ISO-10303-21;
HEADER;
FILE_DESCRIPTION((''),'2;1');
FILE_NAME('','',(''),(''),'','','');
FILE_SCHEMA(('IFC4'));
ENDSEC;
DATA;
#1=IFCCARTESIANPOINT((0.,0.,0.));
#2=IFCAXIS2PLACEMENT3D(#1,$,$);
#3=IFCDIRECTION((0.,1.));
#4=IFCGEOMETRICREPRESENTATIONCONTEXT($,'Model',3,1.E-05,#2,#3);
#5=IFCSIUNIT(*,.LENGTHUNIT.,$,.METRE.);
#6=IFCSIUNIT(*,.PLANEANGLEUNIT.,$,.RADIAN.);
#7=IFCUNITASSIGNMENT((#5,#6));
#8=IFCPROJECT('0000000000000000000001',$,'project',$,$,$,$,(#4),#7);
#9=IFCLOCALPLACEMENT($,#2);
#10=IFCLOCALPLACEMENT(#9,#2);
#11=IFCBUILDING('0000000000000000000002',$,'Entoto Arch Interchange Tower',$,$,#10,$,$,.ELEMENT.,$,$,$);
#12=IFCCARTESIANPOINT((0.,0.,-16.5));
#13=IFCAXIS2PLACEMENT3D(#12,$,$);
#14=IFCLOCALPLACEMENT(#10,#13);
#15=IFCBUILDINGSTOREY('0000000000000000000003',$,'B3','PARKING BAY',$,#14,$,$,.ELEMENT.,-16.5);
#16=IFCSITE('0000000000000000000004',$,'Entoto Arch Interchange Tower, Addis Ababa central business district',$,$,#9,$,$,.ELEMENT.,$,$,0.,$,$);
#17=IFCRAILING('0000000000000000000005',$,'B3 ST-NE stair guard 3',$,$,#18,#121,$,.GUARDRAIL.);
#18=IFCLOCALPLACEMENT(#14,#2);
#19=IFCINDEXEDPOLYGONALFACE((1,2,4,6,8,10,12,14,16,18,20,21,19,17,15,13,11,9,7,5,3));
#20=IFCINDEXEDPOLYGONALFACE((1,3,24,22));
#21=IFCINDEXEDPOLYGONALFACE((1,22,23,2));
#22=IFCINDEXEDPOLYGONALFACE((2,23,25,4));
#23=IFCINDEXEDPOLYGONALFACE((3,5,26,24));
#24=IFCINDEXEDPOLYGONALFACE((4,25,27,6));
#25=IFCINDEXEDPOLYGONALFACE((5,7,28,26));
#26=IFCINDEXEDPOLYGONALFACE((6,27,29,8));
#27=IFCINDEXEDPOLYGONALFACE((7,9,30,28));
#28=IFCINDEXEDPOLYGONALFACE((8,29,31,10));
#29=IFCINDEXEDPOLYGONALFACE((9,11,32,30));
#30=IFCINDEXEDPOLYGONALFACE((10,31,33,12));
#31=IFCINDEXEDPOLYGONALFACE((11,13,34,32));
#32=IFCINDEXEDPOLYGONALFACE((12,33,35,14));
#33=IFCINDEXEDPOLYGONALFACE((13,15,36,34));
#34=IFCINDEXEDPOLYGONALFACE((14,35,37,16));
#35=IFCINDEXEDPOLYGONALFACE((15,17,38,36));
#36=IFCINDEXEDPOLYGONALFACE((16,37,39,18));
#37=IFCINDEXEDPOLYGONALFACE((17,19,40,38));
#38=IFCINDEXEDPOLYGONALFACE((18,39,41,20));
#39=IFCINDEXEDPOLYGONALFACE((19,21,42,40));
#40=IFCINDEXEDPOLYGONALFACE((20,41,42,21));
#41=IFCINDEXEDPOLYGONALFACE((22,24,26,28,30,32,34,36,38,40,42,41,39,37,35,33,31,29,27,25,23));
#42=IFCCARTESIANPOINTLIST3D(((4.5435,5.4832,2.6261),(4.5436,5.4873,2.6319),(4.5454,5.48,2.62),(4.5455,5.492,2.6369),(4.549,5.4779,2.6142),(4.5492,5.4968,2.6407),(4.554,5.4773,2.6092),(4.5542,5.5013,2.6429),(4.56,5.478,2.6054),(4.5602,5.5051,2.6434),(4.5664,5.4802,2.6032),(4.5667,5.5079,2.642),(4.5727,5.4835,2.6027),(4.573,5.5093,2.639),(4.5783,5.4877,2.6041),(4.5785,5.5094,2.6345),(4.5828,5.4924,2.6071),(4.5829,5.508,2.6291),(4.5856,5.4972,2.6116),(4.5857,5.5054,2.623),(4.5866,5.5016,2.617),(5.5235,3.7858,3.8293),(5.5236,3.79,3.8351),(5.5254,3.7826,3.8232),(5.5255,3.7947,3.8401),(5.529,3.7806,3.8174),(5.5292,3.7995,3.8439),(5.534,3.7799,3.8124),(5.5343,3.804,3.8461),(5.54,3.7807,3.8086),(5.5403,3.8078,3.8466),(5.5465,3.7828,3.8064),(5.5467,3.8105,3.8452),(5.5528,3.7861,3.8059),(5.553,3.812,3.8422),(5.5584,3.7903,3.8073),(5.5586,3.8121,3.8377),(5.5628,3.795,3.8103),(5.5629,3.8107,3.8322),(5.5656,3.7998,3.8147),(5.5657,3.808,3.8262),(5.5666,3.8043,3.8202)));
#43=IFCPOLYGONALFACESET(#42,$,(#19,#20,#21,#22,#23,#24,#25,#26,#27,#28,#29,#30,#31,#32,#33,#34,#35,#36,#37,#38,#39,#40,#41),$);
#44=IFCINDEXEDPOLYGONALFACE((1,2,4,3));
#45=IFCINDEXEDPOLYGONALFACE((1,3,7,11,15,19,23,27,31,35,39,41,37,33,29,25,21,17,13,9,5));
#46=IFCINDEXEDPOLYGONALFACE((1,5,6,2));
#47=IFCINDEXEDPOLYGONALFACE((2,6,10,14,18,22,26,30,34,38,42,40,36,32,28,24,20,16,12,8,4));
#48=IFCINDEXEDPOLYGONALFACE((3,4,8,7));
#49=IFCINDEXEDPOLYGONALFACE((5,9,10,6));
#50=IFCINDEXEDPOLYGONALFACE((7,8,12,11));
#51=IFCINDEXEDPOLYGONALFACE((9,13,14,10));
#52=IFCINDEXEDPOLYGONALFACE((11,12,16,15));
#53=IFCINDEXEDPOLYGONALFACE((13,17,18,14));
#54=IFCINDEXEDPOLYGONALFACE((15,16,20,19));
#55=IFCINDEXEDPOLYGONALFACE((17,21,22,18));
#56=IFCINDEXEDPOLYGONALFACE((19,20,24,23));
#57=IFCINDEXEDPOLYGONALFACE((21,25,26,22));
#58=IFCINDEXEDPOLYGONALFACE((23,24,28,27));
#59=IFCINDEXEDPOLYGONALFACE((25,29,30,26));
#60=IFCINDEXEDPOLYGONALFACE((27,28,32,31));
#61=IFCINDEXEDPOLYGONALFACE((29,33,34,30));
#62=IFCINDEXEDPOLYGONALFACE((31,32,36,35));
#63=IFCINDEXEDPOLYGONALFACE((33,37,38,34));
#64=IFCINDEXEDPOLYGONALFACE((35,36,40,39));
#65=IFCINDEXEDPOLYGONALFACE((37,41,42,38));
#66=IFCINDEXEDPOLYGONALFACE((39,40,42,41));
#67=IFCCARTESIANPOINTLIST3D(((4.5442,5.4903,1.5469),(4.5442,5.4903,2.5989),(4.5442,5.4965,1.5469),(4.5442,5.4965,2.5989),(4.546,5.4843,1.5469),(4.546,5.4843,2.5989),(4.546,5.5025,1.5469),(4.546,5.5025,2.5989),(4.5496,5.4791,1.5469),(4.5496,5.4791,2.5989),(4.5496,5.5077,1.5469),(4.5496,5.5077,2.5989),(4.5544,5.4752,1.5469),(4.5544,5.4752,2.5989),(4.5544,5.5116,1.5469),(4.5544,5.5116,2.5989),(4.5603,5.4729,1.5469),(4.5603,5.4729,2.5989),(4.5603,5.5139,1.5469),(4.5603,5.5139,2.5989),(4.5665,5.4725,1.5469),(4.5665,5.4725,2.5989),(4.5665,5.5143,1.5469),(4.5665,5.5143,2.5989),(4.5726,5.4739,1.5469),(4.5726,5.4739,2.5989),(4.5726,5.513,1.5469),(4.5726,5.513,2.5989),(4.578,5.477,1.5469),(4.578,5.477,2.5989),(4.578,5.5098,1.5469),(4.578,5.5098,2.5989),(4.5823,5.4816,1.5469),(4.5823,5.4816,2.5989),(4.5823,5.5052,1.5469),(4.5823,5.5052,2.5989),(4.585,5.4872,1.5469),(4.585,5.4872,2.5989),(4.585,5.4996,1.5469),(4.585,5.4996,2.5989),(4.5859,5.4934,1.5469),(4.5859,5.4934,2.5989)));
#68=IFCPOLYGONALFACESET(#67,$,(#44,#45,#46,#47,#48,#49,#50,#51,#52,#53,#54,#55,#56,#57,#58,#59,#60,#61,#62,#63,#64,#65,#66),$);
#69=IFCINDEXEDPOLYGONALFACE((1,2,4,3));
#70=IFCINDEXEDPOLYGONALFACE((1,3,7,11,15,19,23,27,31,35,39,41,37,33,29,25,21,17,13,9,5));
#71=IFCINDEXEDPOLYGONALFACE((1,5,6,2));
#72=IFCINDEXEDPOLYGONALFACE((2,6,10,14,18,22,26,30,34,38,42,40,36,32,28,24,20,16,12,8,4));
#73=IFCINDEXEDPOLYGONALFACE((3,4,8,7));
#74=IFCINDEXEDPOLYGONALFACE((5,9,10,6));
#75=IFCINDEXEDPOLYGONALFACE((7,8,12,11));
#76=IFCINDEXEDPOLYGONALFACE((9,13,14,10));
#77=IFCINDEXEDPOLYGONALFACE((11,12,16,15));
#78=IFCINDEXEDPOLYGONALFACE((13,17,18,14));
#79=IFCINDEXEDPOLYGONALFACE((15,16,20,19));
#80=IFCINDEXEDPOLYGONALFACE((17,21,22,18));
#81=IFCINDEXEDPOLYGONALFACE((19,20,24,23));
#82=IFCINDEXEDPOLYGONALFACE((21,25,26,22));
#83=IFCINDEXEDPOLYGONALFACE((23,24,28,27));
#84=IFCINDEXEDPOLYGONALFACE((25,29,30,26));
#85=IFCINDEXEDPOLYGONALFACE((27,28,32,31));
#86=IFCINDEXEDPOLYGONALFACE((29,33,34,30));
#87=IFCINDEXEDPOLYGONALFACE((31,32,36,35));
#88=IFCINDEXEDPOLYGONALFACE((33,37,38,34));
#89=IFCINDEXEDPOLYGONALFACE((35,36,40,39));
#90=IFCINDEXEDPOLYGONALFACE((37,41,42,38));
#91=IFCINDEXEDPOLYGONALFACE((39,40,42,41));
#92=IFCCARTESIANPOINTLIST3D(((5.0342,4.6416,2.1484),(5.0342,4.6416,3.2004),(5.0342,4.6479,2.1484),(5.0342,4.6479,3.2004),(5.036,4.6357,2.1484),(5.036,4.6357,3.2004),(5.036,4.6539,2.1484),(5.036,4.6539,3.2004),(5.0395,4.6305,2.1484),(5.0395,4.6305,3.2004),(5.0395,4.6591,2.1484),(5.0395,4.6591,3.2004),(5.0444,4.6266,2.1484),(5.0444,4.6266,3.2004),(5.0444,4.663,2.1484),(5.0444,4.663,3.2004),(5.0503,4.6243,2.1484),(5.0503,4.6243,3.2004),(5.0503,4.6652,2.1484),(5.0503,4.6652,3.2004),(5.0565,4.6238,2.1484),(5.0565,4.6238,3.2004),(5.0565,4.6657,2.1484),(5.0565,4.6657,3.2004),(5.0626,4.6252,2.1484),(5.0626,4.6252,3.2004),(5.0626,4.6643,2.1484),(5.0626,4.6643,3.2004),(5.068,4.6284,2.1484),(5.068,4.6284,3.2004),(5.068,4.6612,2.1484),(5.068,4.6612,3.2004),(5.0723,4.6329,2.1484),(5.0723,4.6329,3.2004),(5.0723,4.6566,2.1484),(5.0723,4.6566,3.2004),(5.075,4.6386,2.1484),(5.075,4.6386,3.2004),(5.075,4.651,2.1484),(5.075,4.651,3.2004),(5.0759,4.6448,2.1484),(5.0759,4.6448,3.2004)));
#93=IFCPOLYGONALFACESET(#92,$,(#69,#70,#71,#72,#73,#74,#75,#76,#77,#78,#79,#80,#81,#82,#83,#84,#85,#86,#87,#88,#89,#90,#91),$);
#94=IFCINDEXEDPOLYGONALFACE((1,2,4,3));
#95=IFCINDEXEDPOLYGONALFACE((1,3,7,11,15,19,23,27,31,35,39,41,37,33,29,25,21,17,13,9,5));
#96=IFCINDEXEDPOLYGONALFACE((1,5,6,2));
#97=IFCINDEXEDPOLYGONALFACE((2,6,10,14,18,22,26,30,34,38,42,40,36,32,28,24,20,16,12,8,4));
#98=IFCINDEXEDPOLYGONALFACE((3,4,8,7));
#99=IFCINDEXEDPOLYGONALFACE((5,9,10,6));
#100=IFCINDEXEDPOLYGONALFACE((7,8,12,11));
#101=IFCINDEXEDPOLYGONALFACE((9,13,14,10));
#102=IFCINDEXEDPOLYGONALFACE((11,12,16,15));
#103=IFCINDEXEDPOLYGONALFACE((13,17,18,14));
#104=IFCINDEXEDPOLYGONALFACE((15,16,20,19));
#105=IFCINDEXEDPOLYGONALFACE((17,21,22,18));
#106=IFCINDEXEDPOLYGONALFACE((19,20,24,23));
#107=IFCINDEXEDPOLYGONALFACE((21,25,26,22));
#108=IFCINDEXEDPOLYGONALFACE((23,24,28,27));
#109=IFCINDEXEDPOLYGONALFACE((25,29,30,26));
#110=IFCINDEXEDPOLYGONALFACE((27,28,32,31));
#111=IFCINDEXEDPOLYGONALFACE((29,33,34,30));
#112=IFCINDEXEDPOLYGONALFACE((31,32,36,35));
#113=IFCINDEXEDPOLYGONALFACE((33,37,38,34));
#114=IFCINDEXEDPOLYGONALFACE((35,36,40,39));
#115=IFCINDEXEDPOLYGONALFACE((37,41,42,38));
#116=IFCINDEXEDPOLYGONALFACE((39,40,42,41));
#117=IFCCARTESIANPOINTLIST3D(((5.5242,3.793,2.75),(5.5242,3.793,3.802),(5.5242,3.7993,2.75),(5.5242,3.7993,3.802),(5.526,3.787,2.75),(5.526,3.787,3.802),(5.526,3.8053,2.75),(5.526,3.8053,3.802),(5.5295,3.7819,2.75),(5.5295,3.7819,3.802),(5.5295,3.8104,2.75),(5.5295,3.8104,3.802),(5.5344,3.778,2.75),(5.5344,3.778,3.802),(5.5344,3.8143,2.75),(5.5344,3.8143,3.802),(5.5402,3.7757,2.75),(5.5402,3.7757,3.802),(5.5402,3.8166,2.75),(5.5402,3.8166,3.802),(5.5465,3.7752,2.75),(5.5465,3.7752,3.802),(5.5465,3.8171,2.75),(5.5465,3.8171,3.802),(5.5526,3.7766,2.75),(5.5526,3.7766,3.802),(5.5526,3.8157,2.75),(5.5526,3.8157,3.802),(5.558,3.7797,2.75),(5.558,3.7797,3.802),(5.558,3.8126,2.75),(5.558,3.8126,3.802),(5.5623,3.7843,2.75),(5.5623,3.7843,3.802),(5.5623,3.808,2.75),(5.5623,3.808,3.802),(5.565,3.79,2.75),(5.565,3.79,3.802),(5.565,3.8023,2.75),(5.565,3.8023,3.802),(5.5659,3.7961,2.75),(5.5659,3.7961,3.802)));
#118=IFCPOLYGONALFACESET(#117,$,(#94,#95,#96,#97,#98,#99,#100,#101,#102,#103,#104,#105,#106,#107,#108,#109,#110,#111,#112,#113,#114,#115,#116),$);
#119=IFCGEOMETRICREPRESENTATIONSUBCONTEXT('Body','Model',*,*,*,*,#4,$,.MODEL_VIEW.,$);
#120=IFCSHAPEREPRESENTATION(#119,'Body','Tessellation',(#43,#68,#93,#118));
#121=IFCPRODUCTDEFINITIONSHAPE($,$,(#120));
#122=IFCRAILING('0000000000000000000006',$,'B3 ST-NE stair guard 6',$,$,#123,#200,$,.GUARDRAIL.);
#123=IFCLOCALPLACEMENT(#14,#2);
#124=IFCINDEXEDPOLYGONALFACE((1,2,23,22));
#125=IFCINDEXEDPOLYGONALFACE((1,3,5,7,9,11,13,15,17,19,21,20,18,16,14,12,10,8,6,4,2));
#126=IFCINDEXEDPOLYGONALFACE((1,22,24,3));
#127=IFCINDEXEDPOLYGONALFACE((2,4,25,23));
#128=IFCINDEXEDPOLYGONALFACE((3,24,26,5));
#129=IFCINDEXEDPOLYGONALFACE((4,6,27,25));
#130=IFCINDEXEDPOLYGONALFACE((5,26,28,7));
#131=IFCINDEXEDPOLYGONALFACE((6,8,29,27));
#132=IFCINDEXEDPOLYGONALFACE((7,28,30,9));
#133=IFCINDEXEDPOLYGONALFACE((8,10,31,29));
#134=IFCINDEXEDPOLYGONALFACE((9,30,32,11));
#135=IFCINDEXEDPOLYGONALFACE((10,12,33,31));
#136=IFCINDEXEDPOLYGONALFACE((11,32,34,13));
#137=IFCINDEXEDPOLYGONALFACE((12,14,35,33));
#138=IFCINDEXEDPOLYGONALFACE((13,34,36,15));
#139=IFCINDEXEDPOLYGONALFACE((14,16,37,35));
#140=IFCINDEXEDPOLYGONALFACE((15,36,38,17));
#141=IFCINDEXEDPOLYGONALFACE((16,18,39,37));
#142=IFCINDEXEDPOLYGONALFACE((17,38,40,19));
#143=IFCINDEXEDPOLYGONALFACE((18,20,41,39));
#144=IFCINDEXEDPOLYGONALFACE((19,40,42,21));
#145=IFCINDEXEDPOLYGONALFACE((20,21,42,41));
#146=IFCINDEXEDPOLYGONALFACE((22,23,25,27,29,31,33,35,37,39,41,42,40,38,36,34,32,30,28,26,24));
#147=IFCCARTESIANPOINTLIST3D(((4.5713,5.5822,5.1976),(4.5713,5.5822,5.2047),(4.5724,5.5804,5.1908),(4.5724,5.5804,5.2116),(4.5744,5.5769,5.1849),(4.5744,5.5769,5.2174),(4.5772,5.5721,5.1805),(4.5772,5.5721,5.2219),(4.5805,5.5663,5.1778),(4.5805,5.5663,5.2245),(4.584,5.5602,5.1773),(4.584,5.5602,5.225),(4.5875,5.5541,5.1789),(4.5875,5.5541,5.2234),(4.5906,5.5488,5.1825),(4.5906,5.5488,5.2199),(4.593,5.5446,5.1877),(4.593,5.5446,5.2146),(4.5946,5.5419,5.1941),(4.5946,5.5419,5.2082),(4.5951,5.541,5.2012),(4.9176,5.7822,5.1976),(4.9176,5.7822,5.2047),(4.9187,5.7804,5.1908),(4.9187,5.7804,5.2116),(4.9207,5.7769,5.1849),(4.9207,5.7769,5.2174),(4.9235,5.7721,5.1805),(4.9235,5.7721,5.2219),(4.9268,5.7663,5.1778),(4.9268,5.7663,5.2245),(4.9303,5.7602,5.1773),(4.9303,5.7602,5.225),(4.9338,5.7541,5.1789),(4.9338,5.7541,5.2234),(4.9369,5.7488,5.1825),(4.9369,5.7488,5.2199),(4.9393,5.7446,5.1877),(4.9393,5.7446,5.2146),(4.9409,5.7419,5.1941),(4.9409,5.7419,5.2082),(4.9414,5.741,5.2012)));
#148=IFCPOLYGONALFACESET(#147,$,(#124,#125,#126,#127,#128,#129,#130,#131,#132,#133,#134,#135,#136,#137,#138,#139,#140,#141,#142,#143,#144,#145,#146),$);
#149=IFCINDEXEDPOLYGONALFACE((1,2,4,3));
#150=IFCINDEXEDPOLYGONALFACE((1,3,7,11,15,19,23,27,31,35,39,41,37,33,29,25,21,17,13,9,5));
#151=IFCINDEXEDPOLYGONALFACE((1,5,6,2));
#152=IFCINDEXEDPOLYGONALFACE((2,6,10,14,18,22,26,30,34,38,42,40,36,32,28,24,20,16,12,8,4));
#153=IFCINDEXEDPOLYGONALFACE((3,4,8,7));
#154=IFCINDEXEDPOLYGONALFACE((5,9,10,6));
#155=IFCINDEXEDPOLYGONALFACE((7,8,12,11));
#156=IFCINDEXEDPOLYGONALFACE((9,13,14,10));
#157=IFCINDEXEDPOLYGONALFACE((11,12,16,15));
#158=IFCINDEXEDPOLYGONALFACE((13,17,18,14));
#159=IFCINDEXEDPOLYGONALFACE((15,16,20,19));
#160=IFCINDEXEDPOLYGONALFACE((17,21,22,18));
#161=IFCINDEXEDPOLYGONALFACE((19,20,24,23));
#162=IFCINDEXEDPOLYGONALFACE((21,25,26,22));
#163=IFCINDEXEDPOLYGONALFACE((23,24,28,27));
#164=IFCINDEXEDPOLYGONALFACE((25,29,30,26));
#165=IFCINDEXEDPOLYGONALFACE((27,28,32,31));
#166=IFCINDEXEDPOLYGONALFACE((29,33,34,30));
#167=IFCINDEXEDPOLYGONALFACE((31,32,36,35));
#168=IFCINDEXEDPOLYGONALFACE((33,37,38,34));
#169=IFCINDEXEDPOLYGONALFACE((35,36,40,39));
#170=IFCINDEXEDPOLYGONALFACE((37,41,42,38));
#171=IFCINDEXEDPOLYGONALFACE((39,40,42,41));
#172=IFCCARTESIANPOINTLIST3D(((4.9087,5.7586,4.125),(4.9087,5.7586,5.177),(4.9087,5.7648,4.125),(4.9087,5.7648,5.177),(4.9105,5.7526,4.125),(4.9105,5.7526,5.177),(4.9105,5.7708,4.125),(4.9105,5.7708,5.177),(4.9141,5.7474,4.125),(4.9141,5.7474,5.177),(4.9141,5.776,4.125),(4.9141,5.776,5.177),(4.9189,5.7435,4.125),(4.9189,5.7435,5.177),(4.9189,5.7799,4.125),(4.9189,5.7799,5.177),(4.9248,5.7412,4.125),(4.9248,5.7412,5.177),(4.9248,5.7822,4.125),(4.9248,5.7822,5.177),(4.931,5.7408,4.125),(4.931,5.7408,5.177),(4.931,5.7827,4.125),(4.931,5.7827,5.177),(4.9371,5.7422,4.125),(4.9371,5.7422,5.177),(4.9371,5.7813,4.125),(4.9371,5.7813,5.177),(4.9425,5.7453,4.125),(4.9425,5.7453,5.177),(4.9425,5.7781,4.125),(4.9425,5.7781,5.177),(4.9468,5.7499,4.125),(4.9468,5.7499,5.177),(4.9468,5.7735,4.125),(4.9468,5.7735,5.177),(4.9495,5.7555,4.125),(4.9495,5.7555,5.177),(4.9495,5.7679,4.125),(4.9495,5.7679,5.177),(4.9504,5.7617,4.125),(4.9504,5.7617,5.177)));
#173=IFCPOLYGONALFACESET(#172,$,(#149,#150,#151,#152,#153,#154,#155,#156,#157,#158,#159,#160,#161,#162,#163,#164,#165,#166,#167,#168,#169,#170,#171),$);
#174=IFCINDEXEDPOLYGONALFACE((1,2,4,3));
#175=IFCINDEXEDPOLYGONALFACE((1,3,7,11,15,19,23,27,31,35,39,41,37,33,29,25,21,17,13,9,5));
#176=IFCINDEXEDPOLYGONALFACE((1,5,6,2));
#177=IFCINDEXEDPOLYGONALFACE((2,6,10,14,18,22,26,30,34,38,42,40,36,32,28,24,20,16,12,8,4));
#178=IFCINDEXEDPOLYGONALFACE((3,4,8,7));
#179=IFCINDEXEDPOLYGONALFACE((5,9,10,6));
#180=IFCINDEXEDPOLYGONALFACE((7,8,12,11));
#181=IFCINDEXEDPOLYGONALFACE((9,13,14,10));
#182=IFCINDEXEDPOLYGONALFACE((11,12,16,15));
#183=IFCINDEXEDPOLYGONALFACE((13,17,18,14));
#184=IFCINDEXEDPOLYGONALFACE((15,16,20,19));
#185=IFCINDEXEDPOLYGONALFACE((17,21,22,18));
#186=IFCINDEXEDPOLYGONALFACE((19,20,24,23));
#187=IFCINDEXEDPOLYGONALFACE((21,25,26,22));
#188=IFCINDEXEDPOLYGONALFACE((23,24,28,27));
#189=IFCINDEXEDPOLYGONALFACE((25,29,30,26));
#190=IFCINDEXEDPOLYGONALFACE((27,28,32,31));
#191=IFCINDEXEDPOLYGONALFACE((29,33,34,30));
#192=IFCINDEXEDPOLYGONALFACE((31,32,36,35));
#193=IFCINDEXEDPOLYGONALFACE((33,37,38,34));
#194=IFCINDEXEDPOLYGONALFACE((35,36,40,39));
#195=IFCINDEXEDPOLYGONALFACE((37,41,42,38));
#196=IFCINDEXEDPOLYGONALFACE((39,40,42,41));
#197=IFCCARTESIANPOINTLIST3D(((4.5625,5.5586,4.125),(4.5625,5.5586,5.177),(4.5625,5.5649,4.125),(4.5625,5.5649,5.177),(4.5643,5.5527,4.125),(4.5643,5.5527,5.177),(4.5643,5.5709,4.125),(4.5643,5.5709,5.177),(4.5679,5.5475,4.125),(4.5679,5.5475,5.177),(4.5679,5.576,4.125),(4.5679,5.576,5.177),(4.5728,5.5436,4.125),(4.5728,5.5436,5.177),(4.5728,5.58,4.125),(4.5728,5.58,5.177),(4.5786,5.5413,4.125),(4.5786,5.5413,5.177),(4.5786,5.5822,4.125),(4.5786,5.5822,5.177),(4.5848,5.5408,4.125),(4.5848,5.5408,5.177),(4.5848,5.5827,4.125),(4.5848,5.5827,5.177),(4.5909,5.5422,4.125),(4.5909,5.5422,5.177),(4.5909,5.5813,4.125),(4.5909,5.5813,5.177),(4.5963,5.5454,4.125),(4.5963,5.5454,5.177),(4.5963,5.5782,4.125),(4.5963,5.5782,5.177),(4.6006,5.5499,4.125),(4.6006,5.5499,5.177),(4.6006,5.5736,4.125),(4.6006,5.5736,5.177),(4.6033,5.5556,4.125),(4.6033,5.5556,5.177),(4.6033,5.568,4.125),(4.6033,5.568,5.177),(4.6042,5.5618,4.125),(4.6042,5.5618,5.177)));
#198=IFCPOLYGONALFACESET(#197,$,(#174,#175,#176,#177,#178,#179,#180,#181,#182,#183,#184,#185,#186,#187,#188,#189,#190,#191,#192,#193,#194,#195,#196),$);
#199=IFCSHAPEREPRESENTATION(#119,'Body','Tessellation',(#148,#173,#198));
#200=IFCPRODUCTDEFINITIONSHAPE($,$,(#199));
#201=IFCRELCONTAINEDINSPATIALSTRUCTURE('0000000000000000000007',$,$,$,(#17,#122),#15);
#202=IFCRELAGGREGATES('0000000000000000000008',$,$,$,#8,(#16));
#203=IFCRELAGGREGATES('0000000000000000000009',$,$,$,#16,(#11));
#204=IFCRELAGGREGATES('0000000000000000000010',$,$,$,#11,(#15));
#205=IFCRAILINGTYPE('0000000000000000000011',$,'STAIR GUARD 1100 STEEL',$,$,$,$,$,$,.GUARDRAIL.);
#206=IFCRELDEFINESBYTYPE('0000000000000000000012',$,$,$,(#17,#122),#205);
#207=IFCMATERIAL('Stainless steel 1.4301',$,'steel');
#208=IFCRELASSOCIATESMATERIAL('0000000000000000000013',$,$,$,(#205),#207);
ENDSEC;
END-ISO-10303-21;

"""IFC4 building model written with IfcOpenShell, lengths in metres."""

from ifc_helpers import new_model, si_unit, direction, frame, origin, origin_2d, place, context, subcontext, project, spatial, circle, extrude, material, type_object, element, save


model = new_model("IFC4")

# Units and contexts
model_context = context("Model", 3, precision=1e-05, world=origin(), true_north=direction((0.0, 1.0)))
body_context = subcontext(model_context, "Body", "Model", "MODEL_VIEW")
ifc_project = project(units=[si_unit("LENGTHUNIT", "METRE"), si_unit("PLANEANGLEUNIT", "RADIAN")], contexts=[model_context])

# Site, building, storey
site_placement = place(None, origin())
site = spatial("IfcSite", under=ifc_project, at=site_placement, Name="Entoto Arch Interchange Tower, Addis Ababa central business district", CompositionType="ELEMENT", RefElevation=0.0)
building_placement = place(site_placement, origin())
building = spatial("IfcBuilding", under=site, at=building_placement, Name="Entoto Arch Interchange Tower", CompositionType="ELEMENT")
storey_placement = place(building_placement, frame((0.0, 0.0, -16.5)))
storey = spatial("IfcBuildingStorey", under=building, at=storey_placement, Name="B3", Description="PARKING BAY", CompositionType="ELEMENT", Elevation=-16.5)

# Railings
ifc_material_1 = material(Name="Stainless steel 1.4301", Category="steel")
railing_type_1 = type_object("IfcRailingType", Name="STAIR GUARD 1100 STEEL", PredefinedType="GUARDRAIL", material=ifc_material_1)
railing_1_placement = place(storey_placement, frame((4.5649, 5.4934, 1.5469)))
element("IfcRailing", 1, at=railing_1_placement, inside=storey, type_object=railing_type_1, Name="B3 ST-NE stair guard 3", PredefinedType="GUARDRAIL", context=body_context, shape_type="SweptSolid", body=[
    extrude(circle(Radius=0.0239, at=origin_2d()), frame((0.0, 0.0, 1.0762), z_axis=(0.426136, -0.73804, 0.523168), x_axis=(0.866011, 0.500024, 0.0)), (0.0, 0.0, 1.0), 2.2998),
    extrude(circle(Radius=0.021, at=origin_2d()), origin(), (0.0, 0.0, 1.0), 1.052),
    extrude(circle(Radius=0.021, at=origin_2d()), frame((0.49, -0.8486, 0.6016)), (0.0, 0.0, 1.0), 1.052),
    extrude(circle(Radius=0.021, at=origin_2d()), frame((0.98, -1.6973, 1.2031)), (0.0, 0.0, 1.0), 1.052),
])
railing_2_placement = place(storey_placement, frame((4.9294, 5.7617, 4.125)))
element("IfcRailing", 2, at=railing_2_placement, inside=storey, type_object=railing_type_1, Name="B3 ST-NE stair guard 6", PredefinedType="GUARDRAIL", context=body_context, shape_type="SweptSolid", body=[
    extrude(circle(Radius=0.0239, at=origin_2d()), frame((0.0, 0.0, 1.0762), z_axis=(-0.865941, -0.500145, 0.0), x_axis=(0.500145, -0.865941, 0.0)), (0.0, 0.0, 1.0), 0.3999),
    extrude(circle(Radius=0.021, at=origin_2d()), origin(), (0.0, 0.0, 1.0), 1.052),
    extrude(circle(Radius=0.021, at=origin_2d()), frame((-0.3462, -0.2, 0.0)), (0.0, 0.0, 1.0), 1.052),
])

save(model, "model.ifc")
